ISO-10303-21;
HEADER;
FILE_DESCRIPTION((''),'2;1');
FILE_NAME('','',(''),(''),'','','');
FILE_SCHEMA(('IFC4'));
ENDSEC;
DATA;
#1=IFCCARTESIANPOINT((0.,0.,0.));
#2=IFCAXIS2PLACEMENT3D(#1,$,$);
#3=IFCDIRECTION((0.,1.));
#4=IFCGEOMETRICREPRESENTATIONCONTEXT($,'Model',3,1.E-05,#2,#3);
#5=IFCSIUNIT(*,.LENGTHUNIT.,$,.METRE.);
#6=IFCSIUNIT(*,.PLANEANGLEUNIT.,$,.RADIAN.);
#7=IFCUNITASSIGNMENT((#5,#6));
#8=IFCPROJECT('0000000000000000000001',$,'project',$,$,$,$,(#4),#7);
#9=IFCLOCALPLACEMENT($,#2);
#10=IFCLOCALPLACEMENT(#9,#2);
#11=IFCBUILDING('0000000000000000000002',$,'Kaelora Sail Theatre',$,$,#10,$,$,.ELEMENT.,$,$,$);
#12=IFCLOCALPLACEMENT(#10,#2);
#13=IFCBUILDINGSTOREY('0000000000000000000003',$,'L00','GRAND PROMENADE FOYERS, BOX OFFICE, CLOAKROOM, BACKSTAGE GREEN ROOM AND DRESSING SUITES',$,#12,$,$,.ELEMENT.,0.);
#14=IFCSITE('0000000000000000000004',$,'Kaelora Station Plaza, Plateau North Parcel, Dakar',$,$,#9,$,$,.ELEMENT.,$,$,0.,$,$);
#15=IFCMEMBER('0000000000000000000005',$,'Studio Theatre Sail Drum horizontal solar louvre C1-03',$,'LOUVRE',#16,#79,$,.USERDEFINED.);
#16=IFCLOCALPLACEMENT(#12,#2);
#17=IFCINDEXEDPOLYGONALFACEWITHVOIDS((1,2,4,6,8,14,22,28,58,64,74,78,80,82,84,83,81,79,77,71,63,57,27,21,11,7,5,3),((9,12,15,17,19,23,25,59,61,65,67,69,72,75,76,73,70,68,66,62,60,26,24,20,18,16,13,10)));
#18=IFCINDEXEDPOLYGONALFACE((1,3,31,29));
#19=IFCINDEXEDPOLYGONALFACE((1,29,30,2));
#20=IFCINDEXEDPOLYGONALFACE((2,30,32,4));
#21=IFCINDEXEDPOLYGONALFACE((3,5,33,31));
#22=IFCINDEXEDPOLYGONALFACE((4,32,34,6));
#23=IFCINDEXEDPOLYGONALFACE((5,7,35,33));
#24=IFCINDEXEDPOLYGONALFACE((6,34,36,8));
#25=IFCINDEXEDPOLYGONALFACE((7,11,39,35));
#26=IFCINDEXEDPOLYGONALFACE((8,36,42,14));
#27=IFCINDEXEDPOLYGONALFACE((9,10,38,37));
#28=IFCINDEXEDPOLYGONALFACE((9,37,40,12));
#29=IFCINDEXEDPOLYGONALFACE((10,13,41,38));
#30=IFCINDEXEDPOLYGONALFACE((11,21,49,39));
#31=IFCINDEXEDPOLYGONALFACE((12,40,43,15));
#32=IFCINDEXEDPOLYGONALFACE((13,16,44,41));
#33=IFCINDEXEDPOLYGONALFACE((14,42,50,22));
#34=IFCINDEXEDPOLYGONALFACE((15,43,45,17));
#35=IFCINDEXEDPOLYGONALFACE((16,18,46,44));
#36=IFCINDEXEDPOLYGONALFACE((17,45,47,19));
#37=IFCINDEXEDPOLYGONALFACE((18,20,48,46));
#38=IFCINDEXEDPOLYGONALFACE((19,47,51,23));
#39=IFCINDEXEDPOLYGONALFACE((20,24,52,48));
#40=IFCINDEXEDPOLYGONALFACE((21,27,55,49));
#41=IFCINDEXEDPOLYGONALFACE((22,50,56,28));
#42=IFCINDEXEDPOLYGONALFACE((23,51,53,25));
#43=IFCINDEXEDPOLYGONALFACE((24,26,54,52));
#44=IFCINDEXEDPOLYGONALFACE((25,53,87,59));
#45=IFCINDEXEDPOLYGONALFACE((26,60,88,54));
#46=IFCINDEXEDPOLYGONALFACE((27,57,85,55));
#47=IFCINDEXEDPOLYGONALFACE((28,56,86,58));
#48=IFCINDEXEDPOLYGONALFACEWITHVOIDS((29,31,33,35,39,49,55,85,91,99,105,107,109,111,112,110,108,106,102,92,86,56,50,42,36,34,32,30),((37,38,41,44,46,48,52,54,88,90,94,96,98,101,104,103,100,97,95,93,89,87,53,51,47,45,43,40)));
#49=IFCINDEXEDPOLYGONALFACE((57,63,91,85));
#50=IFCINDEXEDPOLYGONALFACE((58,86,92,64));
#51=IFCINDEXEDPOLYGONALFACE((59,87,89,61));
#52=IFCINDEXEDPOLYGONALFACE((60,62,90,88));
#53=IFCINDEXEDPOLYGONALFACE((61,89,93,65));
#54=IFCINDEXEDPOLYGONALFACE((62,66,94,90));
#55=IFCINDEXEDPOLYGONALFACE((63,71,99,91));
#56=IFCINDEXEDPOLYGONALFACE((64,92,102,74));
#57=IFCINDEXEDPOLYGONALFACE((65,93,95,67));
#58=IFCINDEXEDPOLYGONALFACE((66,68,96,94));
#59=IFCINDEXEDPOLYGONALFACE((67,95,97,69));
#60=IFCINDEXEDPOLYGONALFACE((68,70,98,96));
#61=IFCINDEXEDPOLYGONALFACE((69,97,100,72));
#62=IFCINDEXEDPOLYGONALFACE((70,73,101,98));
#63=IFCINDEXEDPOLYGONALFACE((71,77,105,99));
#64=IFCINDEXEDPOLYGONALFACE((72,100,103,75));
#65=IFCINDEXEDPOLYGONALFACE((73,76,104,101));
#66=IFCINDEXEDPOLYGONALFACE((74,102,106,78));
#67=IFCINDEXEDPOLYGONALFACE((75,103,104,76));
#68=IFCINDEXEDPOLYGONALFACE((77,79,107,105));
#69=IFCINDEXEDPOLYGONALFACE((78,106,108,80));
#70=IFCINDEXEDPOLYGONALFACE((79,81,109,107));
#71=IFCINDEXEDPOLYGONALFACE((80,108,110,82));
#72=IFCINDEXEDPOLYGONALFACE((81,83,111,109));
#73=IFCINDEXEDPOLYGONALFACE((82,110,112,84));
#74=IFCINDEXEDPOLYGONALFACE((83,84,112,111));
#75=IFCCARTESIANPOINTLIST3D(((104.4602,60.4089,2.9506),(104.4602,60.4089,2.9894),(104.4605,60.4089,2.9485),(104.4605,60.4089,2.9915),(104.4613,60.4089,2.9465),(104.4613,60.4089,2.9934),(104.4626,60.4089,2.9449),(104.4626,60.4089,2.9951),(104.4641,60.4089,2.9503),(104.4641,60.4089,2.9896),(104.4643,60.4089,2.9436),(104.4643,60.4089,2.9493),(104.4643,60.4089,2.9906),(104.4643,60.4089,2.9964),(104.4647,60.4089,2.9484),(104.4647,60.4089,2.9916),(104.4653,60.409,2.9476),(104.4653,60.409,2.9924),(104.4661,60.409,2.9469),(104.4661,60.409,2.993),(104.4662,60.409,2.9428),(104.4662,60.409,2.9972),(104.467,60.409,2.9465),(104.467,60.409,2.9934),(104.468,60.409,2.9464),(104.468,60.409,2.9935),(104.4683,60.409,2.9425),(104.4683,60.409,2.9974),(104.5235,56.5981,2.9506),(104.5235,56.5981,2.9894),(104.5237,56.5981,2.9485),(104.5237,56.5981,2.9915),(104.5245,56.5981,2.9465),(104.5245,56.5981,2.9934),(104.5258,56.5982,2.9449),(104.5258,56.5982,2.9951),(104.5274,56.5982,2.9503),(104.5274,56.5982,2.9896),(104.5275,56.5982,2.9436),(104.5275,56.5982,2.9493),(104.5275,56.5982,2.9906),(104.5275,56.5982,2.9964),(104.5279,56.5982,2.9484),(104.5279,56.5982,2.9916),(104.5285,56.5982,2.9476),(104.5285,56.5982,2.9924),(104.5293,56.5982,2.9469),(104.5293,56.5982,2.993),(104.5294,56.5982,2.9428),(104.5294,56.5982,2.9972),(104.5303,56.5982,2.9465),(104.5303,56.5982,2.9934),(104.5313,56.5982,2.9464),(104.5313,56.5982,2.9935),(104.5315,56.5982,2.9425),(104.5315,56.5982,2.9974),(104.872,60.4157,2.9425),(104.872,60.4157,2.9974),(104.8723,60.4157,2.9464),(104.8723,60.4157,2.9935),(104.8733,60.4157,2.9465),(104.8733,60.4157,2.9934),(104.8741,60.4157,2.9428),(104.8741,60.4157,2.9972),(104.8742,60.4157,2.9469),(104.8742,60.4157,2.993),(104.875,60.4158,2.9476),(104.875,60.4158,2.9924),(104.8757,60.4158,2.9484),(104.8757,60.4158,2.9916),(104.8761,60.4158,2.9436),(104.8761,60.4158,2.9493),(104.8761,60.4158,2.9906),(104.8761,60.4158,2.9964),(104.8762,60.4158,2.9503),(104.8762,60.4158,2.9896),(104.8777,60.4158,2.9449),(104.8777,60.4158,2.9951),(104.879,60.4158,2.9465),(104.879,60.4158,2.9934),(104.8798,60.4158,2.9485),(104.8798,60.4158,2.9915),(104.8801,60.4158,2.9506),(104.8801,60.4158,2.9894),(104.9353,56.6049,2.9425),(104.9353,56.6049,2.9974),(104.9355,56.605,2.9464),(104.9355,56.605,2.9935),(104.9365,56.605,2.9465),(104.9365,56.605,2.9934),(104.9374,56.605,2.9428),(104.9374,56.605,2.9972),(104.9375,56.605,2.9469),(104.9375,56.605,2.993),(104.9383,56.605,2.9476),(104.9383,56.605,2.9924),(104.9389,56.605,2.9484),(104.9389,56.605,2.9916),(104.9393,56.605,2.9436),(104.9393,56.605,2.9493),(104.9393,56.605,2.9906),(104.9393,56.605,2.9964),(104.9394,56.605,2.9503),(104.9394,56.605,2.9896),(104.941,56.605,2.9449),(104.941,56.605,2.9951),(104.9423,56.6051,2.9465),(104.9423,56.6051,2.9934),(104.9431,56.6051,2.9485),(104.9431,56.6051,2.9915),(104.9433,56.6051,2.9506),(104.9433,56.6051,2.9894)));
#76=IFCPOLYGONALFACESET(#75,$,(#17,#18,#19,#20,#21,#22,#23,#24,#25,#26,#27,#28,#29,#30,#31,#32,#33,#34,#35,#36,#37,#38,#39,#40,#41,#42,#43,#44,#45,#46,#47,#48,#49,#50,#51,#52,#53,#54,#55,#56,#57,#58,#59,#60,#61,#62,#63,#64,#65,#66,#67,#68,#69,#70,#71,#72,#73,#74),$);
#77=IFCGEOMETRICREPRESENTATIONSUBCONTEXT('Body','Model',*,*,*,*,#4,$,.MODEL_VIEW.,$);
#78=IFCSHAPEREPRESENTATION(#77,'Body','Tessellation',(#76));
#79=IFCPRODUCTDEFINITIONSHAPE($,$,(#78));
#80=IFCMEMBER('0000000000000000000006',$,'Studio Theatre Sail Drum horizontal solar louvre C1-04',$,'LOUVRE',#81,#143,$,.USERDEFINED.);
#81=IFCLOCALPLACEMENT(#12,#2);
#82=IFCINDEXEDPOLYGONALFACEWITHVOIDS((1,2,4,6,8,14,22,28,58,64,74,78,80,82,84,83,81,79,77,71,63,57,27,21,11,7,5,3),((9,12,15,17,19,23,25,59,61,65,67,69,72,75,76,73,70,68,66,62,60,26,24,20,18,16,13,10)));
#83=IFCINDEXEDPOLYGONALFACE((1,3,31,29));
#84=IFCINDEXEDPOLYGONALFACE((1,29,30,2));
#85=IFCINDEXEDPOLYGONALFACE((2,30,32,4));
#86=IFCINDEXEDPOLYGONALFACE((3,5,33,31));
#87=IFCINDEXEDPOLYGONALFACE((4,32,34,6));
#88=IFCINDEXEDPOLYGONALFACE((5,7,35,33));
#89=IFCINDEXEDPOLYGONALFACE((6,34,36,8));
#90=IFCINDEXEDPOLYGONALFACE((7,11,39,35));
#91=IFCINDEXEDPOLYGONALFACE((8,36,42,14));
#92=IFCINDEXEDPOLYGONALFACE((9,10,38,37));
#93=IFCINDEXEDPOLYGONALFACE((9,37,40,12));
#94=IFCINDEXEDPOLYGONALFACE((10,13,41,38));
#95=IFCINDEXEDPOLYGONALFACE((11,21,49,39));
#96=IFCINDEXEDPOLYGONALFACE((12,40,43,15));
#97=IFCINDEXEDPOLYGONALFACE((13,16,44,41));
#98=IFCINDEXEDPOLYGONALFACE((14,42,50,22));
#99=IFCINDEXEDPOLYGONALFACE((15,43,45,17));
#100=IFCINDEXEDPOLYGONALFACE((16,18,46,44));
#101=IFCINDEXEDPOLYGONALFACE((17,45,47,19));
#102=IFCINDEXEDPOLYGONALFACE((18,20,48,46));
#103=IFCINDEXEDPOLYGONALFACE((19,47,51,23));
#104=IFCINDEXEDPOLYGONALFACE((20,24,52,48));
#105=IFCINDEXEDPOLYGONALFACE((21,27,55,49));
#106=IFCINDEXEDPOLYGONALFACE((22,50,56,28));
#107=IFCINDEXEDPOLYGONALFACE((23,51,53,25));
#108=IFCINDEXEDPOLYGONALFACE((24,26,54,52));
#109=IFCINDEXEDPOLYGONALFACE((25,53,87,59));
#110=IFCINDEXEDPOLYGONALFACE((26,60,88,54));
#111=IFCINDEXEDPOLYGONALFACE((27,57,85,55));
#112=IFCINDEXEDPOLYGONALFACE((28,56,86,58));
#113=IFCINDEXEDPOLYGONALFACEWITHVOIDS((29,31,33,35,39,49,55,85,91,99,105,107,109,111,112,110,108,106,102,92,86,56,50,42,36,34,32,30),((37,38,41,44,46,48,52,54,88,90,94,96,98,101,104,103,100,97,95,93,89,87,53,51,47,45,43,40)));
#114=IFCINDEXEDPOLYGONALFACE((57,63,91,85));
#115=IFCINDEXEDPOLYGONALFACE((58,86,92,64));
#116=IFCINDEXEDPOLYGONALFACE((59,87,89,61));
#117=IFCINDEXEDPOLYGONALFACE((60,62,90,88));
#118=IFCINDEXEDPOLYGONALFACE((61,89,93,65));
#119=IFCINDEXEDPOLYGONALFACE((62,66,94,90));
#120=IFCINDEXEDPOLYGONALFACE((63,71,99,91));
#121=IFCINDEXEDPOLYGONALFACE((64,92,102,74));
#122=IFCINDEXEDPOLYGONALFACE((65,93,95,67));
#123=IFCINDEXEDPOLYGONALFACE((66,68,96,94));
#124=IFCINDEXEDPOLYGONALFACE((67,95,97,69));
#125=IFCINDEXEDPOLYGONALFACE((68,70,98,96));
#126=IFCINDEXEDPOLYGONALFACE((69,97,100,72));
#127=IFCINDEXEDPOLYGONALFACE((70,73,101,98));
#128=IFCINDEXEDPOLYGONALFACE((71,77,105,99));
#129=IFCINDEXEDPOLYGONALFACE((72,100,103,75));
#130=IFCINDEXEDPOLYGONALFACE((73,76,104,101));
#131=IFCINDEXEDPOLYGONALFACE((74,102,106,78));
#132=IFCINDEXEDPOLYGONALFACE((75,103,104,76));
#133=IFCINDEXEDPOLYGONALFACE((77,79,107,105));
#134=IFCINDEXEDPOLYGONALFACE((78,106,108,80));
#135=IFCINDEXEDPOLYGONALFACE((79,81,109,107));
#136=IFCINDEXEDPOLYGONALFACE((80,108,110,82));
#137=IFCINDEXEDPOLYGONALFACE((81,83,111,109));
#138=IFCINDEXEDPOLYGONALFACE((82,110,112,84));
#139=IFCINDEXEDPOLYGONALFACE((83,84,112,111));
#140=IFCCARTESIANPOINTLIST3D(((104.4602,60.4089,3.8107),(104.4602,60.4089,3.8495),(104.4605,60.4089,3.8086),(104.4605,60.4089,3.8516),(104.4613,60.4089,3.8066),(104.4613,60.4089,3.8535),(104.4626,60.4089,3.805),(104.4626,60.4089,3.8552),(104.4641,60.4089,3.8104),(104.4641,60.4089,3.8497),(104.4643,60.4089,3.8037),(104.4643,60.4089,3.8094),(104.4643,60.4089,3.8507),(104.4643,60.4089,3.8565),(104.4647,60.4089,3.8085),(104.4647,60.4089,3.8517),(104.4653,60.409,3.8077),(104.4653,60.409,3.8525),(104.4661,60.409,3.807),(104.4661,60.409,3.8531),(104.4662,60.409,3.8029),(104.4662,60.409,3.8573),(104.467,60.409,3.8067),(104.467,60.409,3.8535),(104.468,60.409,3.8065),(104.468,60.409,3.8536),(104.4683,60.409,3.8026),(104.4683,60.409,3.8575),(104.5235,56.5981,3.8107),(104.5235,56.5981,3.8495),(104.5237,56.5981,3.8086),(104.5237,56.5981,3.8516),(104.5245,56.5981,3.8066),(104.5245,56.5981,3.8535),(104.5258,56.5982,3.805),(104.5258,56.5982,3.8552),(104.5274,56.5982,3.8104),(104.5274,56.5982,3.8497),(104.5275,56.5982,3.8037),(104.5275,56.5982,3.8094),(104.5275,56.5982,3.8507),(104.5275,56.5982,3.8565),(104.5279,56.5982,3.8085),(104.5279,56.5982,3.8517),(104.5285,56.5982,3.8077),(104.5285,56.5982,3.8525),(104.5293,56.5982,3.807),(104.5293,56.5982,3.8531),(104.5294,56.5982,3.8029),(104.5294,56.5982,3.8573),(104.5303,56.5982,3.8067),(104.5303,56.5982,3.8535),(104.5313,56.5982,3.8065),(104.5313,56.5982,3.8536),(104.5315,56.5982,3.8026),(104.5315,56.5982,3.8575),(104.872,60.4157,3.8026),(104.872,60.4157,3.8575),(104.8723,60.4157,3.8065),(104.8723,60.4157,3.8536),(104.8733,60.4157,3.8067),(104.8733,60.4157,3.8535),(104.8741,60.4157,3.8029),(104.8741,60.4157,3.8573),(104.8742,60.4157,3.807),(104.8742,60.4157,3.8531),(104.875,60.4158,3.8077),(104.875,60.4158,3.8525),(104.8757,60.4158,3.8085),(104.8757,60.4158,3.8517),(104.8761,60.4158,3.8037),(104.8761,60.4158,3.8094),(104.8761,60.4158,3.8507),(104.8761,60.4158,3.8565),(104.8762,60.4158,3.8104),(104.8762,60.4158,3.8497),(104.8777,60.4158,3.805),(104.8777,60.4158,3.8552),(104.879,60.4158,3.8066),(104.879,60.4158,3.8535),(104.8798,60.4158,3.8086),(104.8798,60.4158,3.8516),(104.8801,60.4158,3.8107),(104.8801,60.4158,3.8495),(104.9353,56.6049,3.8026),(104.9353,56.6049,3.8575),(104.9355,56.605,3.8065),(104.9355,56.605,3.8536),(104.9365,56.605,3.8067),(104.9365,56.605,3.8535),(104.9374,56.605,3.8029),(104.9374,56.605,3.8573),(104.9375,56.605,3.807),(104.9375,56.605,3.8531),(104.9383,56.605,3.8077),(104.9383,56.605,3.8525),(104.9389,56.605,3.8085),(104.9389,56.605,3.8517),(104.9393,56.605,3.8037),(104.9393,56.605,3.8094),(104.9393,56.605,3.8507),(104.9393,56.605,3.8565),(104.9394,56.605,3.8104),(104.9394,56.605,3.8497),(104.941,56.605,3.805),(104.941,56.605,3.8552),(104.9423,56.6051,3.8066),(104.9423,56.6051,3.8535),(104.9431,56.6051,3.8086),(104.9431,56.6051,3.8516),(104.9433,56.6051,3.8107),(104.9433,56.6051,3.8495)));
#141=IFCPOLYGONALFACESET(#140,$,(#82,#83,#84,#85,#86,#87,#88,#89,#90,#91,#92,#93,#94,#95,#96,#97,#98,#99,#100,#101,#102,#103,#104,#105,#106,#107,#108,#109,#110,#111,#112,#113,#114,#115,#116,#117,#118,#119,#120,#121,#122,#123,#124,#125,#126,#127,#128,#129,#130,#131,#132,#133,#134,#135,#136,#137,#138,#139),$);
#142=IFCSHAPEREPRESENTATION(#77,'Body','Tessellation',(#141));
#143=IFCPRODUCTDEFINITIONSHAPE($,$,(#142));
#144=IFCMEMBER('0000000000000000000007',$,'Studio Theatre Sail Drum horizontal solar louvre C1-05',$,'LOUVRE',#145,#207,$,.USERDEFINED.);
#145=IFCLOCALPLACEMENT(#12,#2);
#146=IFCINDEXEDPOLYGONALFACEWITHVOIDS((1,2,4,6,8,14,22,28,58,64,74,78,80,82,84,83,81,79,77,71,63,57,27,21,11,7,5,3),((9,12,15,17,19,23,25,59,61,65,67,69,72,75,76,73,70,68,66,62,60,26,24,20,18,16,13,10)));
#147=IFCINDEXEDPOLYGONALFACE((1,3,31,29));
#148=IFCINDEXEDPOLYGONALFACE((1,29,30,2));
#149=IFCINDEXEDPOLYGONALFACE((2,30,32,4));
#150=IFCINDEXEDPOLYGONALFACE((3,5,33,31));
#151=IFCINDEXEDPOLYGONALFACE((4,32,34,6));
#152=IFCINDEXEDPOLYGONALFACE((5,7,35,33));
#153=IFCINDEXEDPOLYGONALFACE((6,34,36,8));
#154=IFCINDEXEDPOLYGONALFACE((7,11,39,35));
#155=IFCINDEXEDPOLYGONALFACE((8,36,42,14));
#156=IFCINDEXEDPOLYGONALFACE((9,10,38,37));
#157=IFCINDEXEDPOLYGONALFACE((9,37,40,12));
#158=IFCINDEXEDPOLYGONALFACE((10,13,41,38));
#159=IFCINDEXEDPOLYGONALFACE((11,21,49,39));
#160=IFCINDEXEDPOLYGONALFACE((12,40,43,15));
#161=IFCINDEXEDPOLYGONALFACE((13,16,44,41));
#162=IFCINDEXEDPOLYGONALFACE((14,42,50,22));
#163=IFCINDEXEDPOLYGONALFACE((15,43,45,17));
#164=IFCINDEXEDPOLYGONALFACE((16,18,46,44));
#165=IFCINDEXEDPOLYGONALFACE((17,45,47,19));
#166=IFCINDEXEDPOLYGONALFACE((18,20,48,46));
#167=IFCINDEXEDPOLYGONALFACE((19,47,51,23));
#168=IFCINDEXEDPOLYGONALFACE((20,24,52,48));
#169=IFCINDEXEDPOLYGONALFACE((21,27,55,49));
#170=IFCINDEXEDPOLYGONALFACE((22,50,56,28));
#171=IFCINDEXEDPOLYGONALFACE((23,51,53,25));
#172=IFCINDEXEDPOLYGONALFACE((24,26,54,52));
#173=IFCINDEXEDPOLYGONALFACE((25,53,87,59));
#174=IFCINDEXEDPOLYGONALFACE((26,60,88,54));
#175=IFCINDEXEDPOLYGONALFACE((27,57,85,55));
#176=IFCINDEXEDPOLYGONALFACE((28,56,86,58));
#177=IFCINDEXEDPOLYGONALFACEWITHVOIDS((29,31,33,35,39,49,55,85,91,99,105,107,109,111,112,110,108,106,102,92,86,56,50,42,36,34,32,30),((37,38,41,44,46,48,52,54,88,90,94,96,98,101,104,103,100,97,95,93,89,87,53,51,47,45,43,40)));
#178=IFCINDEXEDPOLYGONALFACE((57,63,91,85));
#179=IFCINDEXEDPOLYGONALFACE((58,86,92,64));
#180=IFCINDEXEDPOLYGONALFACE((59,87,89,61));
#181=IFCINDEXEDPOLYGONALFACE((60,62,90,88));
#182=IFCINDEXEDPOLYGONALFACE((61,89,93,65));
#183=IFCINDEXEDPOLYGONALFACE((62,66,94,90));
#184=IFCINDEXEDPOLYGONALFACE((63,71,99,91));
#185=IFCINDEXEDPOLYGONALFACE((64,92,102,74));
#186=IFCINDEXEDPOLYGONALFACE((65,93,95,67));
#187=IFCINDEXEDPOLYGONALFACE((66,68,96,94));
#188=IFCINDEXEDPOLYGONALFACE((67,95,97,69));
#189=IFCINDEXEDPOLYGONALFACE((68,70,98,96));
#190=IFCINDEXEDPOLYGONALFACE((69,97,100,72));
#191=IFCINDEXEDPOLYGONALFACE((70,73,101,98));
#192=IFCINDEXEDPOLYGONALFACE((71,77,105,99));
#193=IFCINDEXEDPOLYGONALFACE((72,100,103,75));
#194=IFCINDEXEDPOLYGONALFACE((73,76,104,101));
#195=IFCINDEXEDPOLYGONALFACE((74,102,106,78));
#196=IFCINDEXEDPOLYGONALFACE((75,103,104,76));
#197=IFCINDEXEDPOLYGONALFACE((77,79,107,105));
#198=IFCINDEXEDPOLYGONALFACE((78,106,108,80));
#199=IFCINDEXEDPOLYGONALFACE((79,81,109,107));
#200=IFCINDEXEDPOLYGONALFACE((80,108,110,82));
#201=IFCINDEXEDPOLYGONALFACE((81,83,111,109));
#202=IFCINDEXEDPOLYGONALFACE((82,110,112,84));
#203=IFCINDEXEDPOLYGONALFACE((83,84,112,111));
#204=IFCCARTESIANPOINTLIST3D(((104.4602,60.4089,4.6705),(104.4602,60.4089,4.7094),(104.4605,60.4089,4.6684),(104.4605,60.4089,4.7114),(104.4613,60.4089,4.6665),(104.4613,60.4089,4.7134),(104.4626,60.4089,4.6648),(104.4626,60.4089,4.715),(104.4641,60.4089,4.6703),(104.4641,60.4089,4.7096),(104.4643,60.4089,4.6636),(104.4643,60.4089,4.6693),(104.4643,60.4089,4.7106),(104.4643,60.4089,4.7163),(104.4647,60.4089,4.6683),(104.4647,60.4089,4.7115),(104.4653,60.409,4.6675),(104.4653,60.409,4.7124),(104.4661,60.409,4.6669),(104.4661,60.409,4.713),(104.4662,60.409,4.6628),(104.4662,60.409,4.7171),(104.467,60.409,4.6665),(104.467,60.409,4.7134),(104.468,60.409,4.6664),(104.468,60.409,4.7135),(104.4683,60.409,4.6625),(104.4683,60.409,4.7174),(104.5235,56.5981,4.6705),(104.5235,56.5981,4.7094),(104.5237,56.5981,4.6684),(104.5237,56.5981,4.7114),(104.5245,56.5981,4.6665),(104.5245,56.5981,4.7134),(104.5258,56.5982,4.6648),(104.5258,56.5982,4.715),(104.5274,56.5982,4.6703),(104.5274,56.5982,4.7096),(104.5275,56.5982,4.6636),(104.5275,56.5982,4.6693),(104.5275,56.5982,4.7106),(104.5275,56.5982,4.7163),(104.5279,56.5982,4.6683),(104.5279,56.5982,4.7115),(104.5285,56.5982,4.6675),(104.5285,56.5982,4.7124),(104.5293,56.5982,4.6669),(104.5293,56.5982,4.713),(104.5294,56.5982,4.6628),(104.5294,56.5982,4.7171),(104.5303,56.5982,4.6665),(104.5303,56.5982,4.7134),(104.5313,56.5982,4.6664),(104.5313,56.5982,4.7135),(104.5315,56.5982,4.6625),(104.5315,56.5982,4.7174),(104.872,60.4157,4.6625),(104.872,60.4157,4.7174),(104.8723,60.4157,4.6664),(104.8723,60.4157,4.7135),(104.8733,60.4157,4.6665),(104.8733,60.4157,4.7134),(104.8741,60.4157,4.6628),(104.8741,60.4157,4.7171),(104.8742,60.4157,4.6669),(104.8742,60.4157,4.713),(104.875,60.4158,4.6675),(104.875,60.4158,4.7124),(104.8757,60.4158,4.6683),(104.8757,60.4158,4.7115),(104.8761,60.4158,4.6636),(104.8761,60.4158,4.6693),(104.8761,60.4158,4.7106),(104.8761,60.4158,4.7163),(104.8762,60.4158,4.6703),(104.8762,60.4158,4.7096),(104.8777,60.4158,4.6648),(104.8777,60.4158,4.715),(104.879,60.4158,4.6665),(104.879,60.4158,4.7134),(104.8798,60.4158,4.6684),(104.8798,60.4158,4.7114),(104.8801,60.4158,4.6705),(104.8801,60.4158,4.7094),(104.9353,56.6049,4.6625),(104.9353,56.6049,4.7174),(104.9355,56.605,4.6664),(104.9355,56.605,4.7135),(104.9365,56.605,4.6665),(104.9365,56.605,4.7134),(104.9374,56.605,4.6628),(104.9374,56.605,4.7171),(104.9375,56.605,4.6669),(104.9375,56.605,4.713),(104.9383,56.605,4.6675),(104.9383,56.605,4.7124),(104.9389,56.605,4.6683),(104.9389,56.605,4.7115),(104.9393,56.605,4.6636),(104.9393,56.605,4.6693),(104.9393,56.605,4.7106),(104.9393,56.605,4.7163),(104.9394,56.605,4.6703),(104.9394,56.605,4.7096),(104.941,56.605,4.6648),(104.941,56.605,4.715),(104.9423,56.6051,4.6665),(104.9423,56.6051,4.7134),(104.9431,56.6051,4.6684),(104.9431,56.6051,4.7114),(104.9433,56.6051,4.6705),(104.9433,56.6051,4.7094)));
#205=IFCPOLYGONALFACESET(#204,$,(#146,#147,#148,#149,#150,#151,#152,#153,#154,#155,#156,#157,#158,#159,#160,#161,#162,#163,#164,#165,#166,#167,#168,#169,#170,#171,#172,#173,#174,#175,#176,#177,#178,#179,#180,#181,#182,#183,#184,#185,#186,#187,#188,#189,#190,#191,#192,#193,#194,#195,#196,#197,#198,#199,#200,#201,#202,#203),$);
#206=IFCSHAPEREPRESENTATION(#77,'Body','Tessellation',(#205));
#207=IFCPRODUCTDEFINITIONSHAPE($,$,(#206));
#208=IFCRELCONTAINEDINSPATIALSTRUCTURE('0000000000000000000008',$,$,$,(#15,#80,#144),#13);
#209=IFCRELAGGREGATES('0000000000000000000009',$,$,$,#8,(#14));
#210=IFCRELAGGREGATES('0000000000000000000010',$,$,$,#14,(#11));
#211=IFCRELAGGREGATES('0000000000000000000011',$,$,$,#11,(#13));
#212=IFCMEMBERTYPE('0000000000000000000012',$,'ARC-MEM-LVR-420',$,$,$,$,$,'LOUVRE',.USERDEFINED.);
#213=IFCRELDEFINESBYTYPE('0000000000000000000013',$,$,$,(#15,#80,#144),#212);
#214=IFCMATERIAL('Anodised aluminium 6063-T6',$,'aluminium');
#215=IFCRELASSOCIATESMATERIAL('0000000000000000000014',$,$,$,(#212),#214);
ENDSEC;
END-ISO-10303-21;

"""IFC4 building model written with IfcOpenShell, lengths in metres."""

from ifc_helpers import new_model, si_unit, direction, frame, origin, origin_2d, place, context, subcontext, project, spatial, hollow_rectangle, extrude, material, material_profile, profile_set, type_object, element, save


model = new_model("IFC4")

# Units and contexts
model_context = context("Model", 3, precision=1e-05, world=origin(), true_north=direction((0.0, 1.0)))
body_context = subcontext(model_context, "Body", "Model", "MODEL_VIEW")
ifc_project = project(units=[si_unit("LENGTHUNIT", "METRE"), si_unit("PLANEANGLEUNIT", "RADIAN")], contexts=[model_context])

# Site, building, storey
site_placement = place(None, origin())
site = spatial("IfcSite", under=ifc_project, at=site_placement, Name="Kaelora Station Plaza, Plateau North Parcel, Dakar", CompositionType="ELEMENT", RefElevation=0.0)
building_placement = place(site_placement, origin())
building = spatial("IfcBuilding", under=site, at=building_placement, Name="Kaelora Sail Theatre", CompositionType="ELEMENT")
storey_placement = place(building_placement, origin())
storey = spatial("IfcBuildingStorey", under=building, at=storey_placement, Name="L00", Description="GRAND PROMENADE FOYERS, BOX OFFICE, CLOAKROOM, BACKSTAGE GREEN ROOM AND DRESSING SUITES", CompositionType="ELEMENT", Elevation=0.0)

# Members
ifc_material_1 = material(Name="Anodised aluminium 6063-T6", Category="aluminium")
ifc_material_profile_1 = material_profile(ifc_material_1, hollow_rectangle(XDim=0.4199, YDim=0.0549, WallThickness=0.0039, InnerFilletRadius=0.0039, OuterFilletRadius=0.0081, at=origin_2d()), Name="LOUVRE 420x55x4")
ifc_profile_set_1 = profile_set([ifc_material_profile_1], Name="Anodised aluminium 6063-T6")
member_type_1 = type_object("IfcMemberType", Name="ARC-MEM-LVR-420", ElementType="LOUVRE", PredefinedType="USERDEFINED", material=ifc_profile_set_1)
for number, where, z_axis, x_axis, name in (
    (1, (104.6702, 60.4124, 2.97), (0.016591, -0.999862, 0.0), (0.999862, 0.016591, 0.0), "Studio Theatre Sail Drum horizontal solar louvre C1-03"),
    (2, (104.6702, 60.4124, 3.8301), (0.016591, -0.999862, 0.0), (0.999862, 0.016591, 0.0), "Studio Theatre Sail Drum horizontal solar louvre C1-04"),
    (3, (104.6702, 60.4124, 4.6899), (0.016591, -0.999862, 0.0), (0.999862, 0.016591, 0.0), "Studio Theatre Sail Drum horizontal solar louvre C1-05"),
):
    element("IfcMember", number, at=place(storey_placement, frame(where, z_axis=z_axis, x_axis=x_axis)), inside=storey, type_object=member_type_1, Name=name, ObjectType="LOUVRE", PredefinedType="USERDEFINED", context=body_context, shape_type="SweptSolid", body=[
        extrude(hollow_rectangle(XDim=0.4199, YDim=0.0549, WallThickness=0.0039, InnerFilletRadius=0.0039, OuterFilletRadius=0.0081, at=origin_2d()), origin(), (0.0, 0.0, 1.0), 3.8113),
    ])

save(model, "model.ifc")
